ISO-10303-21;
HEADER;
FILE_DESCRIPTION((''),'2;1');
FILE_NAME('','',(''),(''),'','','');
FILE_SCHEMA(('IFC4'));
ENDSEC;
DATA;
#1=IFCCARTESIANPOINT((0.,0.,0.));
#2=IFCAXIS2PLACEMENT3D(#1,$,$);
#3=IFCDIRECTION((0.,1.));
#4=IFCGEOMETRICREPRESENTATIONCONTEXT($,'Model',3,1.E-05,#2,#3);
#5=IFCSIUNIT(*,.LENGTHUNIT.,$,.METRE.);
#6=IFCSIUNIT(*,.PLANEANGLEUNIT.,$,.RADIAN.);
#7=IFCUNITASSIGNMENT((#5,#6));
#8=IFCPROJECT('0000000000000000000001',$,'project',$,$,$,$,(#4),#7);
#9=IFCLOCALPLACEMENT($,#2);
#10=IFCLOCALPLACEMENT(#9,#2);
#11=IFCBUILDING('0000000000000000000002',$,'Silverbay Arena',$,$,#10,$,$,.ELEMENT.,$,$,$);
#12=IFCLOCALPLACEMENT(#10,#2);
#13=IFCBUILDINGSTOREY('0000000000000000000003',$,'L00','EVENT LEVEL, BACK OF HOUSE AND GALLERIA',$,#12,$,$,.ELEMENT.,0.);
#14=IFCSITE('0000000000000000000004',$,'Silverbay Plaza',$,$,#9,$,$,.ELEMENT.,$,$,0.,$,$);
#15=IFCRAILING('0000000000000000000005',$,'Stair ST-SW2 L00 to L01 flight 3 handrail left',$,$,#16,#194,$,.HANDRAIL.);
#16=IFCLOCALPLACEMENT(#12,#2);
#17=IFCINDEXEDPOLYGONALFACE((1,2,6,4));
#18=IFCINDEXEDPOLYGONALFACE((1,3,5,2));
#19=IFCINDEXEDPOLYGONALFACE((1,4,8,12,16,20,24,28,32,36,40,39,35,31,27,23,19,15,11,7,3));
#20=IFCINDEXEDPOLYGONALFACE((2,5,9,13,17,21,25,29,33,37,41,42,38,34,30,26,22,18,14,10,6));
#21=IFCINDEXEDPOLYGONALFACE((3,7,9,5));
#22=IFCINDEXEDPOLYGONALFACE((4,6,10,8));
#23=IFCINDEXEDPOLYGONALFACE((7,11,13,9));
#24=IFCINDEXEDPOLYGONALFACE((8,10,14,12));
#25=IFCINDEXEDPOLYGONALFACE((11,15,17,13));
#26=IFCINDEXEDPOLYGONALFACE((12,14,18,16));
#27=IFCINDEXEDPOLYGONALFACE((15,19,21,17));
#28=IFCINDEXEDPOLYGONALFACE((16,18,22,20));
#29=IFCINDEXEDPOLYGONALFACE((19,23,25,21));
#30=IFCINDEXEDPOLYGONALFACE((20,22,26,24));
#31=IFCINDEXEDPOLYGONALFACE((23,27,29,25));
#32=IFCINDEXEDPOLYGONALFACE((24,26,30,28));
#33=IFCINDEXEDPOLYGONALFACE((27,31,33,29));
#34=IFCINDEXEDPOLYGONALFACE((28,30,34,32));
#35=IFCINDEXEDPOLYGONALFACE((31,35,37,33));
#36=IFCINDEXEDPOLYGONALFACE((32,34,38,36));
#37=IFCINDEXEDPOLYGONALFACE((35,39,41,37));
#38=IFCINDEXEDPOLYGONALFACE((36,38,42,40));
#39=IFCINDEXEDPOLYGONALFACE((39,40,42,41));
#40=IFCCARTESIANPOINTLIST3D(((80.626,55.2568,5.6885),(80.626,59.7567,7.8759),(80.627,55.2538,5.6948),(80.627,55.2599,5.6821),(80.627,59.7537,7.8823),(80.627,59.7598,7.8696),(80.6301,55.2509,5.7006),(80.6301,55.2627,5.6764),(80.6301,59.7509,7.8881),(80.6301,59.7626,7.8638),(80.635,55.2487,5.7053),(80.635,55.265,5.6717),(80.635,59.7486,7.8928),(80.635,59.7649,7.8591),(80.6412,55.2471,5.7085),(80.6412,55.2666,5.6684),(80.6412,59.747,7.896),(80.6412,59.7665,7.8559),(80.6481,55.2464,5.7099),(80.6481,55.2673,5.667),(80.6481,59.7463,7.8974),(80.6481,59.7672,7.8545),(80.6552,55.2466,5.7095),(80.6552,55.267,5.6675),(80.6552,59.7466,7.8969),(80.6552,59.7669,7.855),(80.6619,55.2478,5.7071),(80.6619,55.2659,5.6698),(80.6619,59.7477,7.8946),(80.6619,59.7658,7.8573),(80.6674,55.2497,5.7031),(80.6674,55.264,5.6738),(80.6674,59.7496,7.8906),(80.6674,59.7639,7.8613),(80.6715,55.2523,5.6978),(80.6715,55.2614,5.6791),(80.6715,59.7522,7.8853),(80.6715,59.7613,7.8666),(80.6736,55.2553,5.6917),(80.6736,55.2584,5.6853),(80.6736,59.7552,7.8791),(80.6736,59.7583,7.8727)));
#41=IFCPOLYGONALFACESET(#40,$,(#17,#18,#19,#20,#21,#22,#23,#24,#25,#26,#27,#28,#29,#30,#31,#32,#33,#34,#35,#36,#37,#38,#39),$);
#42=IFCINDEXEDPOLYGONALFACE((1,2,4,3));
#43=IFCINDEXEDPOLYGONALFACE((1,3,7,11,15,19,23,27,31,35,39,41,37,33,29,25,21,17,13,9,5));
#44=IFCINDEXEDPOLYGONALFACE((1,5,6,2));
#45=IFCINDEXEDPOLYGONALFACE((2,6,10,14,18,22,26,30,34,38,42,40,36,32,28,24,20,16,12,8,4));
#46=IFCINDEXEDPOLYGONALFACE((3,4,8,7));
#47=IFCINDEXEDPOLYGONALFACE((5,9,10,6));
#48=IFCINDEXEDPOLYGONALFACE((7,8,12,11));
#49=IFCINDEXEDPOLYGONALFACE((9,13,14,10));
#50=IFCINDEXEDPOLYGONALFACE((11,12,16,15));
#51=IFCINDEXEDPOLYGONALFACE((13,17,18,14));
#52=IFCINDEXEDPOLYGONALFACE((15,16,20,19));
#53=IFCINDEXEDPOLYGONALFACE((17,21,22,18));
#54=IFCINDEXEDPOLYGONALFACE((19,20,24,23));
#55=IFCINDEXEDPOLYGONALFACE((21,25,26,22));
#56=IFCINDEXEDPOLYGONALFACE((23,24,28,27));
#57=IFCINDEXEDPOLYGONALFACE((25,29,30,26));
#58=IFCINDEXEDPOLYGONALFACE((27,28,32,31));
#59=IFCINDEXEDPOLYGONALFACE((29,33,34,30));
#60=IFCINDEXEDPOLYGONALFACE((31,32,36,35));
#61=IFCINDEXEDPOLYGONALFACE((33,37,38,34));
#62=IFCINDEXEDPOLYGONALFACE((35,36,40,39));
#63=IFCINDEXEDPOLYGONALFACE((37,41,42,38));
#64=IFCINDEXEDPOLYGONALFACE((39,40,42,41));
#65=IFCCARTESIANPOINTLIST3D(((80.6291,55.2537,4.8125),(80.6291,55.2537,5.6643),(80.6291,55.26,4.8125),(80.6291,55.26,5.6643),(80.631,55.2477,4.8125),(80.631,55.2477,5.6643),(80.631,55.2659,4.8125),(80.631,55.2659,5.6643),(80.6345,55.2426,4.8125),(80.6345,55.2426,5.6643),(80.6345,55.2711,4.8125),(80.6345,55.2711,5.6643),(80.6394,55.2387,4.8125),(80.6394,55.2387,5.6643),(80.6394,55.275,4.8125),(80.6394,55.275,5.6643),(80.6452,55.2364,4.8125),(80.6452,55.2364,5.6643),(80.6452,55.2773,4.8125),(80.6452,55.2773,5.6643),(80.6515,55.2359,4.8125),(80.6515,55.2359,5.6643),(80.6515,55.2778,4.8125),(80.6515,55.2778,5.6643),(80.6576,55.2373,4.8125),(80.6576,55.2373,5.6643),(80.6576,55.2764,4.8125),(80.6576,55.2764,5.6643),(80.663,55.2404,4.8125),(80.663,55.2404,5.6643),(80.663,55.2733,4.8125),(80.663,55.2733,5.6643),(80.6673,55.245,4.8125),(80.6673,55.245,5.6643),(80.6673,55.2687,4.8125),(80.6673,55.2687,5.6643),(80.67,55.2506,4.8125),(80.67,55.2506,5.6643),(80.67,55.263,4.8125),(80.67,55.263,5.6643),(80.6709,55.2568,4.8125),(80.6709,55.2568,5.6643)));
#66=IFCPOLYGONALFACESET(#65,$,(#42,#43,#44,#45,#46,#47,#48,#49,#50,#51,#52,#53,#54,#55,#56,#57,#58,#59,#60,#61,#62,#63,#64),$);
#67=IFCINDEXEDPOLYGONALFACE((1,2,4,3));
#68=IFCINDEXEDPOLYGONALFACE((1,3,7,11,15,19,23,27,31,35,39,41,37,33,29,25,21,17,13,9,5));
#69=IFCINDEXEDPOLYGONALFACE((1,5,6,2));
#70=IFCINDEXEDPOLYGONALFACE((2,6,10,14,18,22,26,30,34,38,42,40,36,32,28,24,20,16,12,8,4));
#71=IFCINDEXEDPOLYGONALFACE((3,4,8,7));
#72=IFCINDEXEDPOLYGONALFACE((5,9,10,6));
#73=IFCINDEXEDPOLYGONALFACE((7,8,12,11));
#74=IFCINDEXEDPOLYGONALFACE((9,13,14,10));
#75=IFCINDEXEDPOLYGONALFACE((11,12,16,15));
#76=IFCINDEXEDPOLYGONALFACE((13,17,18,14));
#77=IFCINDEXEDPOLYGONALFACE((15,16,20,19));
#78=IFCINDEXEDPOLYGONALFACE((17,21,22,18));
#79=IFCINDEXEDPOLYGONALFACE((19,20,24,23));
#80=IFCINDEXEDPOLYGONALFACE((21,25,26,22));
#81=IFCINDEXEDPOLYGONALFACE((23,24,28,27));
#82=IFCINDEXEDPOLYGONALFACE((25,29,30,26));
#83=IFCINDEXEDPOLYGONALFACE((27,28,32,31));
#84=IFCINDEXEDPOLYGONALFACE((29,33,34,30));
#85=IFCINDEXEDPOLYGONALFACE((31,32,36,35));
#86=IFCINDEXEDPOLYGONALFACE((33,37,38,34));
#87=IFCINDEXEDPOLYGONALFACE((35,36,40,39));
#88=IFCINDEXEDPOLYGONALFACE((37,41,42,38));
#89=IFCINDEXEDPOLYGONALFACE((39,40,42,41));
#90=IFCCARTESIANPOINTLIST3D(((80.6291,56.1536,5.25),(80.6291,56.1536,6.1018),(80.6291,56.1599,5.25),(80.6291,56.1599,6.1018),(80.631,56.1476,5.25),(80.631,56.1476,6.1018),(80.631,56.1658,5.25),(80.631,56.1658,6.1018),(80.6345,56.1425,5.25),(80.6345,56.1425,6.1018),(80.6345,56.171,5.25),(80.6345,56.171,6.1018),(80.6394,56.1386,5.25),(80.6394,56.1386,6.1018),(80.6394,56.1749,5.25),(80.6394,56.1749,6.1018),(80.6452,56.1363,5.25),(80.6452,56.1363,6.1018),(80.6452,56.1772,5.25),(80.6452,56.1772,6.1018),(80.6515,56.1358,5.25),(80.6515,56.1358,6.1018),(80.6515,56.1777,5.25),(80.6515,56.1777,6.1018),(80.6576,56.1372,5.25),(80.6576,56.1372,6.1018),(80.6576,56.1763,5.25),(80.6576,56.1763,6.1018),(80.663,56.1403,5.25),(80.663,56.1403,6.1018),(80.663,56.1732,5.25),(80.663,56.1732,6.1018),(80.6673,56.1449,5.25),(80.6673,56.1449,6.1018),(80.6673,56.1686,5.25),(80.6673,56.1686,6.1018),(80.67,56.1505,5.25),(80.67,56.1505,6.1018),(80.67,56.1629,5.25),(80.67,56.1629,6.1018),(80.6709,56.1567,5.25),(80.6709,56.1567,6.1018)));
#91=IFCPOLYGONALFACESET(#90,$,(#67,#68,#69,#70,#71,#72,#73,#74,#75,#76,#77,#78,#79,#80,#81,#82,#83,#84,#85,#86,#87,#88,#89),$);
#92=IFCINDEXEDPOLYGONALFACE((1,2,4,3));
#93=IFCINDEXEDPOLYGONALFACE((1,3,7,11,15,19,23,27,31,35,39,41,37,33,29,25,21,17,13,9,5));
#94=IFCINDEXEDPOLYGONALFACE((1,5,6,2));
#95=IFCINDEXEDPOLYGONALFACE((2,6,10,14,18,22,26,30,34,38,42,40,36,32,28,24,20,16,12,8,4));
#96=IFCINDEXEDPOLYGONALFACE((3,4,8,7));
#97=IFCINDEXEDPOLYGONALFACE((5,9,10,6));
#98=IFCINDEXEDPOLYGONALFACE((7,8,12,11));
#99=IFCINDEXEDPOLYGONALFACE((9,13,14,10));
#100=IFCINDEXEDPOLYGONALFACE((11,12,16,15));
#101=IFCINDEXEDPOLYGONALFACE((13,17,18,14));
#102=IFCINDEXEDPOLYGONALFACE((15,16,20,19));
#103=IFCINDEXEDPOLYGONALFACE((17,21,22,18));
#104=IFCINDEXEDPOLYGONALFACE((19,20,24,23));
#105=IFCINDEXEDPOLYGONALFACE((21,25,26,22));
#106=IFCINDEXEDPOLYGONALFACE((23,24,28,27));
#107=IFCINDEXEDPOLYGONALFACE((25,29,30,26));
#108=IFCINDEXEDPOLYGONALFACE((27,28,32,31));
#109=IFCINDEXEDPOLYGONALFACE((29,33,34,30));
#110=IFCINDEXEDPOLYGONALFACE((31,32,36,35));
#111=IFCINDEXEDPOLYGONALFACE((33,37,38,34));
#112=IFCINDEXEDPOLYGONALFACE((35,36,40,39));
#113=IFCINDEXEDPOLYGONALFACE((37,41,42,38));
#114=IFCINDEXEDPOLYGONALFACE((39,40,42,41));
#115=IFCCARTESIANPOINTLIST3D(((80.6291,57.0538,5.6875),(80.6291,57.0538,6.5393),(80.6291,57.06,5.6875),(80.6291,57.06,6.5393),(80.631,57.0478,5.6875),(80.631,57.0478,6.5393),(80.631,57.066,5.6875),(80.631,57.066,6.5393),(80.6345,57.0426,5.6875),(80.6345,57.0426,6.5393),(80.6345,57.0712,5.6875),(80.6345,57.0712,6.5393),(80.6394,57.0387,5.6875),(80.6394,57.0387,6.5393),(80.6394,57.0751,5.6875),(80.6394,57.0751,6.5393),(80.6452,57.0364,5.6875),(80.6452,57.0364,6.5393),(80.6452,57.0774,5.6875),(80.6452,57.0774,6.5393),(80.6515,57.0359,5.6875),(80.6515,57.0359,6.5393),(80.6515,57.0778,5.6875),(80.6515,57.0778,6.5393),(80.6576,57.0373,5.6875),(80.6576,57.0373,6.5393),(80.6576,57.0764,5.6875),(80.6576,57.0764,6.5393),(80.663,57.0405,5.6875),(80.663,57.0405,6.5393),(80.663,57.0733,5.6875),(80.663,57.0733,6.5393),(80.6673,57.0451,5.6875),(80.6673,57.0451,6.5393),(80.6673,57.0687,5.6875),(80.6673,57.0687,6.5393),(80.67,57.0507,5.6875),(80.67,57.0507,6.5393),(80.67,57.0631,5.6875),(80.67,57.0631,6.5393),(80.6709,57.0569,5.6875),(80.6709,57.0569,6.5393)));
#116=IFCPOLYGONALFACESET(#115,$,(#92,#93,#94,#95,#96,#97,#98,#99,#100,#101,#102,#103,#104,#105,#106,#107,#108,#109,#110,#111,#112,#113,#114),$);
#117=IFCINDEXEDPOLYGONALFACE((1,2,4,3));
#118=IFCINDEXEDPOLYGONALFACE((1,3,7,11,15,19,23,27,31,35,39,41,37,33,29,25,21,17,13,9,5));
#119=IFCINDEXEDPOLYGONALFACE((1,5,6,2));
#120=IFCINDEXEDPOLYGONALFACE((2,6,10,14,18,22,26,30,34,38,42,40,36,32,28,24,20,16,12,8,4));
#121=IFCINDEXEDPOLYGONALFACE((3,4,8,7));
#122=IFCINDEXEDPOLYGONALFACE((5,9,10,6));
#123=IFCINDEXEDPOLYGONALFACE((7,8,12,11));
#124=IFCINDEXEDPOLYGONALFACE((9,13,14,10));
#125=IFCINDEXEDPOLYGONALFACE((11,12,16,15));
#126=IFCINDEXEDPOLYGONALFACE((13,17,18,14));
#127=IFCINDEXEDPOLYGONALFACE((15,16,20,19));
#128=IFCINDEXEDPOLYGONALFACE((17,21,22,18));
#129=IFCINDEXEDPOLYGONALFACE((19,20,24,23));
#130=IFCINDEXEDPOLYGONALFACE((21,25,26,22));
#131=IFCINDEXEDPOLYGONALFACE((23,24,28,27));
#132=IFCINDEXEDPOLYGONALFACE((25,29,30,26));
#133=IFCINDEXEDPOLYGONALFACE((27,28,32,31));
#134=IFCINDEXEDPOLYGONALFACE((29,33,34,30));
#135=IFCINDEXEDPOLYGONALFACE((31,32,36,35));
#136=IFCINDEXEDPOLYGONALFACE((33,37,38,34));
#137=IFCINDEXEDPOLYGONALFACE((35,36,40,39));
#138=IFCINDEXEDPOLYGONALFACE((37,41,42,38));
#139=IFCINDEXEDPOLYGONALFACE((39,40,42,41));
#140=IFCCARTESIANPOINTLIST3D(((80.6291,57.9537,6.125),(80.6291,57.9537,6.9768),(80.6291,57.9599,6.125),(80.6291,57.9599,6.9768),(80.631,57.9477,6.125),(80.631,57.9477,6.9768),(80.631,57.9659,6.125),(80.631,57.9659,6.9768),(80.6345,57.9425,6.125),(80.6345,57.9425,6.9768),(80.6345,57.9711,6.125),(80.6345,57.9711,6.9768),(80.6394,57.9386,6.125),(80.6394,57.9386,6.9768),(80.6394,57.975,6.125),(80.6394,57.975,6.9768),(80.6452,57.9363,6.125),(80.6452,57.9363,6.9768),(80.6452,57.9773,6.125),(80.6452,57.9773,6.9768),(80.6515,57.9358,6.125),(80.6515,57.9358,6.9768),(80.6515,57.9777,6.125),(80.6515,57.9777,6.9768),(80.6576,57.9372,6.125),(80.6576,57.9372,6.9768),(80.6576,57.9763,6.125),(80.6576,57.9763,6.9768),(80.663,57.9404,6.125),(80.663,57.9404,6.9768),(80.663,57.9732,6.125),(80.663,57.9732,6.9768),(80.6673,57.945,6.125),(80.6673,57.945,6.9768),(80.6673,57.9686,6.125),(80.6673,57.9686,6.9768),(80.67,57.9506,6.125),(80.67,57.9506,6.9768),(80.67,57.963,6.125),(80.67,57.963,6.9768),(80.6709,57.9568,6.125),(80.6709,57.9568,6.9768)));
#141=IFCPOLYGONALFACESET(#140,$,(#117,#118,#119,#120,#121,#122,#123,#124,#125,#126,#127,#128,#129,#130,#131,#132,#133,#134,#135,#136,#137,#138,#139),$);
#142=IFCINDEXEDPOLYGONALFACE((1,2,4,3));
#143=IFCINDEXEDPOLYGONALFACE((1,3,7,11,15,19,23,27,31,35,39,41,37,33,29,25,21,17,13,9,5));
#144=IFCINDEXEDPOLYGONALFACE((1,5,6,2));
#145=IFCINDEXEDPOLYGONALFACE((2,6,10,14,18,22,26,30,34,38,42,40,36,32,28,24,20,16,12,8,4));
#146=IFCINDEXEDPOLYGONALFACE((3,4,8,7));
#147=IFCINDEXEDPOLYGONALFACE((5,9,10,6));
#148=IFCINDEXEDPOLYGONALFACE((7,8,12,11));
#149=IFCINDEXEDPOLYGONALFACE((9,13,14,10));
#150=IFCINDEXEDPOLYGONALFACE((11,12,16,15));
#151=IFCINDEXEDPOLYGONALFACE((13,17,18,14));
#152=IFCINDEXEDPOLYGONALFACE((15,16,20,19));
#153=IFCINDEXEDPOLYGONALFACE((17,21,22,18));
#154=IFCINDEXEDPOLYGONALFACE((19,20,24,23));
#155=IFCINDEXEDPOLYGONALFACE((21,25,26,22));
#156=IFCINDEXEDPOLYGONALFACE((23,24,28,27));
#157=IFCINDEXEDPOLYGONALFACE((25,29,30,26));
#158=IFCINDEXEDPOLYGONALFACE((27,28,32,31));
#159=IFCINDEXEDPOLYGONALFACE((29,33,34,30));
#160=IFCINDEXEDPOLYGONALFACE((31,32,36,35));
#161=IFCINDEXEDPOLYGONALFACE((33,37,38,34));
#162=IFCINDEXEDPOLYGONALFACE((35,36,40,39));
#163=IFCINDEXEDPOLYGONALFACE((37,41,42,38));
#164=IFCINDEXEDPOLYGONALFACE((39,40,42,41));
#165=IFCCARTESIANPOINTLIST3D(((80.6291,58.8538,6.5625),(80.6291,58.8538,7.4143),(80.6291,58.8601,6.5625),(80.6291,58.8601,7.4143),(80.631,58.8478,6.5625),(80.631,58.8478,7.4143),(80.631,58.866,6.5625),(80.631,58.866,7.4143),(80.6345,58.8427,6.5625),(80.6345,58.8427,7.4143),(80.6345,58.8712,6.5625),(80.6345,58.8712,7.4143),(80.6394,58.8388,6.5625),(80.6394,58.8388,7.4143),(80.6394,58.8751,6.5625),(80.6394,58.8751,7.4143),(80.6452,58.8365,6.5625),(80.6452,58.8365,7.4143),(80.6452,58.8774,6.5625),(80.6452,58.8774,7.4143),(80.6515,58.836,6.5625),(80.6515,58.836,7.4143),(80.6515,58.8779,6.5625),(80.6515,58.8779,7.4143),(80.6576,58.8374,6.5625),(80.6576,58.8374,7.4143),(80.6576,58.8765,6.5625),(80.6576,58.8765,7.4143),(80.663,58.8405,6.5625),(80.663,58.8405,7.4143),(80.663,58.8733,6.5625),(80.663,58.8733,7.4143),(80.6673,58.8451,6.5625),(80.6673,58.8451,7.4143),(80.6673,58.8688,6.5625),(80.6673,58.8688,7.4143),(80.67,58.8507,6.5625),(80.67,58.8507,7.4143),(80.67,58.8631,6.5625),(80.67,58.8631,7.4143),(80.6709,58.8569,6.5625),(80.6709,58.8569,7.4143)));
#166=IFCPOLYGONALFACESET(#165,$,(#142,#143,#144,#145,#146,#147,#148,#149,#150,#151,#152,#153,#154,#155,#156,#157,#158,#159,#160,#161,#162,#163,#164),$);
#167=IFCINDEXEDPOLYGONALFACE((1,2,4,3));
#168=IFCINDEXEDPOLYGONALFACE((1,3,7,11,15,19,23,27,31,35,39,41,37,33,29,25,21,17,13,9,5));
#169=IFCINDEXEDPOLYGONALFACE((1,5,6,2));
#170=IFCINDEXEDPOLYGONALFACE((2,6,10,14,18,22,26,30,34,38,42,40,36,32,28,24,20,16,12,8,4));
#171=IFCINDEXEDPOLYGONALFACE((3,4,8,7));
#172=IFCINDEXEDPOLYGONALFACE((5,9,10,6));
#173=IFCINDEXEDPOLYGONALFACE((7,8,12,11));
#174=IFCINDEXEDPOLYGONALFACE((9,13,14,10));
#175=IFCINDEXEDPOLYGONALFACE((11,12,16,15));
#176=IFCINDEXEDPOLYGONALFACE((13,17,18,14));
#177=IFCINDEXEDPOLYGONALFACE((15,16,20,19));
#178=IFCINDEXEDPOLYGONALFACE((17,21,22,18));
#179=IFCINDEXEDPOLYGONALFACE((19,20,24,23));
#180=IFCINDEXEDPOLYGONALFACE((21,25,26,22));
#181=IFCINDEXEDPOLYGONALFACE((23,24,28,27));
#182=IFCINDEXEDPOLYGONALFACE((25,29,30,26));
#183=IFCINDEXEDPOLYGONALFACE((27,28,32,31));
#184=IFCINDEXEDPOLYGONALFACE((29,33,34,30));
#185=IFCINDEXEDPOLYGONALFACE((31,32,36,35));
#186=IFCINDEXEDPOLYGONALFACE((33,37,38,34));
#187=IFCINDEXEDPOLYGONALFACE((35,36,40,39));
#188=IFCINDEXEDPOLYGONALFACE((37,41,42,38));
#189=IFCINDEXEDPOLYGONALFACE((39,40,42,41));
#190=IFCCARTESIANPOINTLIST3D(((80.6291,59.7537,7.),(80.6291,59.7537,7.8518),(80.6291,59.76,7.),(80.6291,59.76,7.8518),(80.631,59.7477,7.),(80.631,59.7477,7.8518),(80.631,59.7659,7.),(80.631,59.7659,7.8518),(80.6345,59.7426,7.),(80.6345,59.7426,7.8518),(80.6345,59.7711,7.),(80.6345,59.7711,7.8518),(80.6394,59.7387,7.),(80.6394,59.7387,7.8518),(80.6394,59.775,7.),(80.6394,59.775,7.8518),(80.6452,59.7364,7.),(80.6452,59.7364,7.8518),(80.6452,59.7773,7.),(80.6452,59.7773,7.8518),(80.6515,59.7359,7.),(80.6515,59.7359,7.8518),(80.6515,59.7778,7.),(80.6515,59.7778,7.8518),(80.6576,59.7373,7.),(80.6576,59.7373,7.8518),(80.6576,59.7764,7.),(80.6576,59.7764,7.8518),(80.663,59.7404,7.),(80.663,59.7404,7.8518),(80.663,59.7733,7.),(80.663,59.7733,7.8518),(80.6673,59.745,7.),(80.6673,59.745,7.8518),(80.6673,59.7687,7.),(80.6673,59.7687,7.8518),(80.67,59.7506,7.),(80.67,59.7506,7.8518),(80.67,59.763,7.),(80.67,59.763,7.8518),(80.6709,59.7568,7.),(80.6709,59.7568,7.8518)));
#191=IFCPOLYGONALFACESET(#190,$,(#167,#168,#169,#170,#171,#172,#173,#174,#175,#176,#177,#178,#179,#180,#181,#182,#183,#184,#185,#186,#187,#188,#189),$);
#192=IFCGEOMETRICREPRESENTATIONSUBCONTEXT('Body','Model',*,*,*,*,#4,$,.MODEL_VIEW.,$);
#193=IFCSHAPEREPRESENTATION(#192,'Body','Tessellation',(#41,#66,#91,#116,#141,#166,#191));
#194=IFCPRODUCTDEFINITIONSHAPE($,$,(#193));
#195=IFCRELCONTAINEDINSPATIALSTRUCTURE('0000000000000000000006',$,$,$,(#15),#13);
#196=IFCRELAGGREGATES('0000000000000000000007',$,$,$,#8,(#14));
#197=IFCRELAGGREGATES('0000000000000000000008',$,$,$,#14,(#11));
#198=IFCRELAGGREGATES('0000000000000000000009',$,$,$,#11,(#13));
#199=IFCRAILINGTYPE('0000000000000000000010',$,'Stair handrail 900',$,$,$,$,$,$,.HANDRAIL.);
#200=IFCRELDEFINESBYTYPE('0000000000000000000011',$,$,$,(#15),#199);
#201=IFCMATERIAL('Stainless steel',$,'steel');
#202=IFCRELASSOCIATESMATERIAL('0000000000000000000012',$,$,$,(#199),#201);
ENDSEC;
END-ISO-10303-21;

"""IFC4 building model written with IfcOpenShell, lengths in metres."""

from ifc_helpers import new_model, si_unit, direction, frame, origin, origin_2d, place, context, subcontext, project, spatial, circle, extrude, material, type_object, element, save


model = new_model("IFC4")

# Units and contexts
model_context = context("Model", 3, precision=1e-05, world=origin(), true_north=direction((0.0, 1.0)))
body_context = subcontext(model_context, "Body", "Model", "MODEL_VIEW")
ifc_project = project(units=[si_unit("LENGTHUNIT", "METRE"), si_unit("PLANEANGLEUNIT", "RADIAN")], contexts=[model_context])

# Site, building, storey
site_placement = place(None, origin())
site = spatial("IfcSite", under=ifc_project, at=site_placement, Name="Silverbay Plaza", CompositionType="ELEMENT", RefElevation=0.0)
building_placement = place(site_placement, origin())
building = spatial("IfcBuilding", under=site, at=building_placement, Name="Silverbay Arena", CompositionType="ELEMENT")
storey_placement = place(building_placement, origin())
storey = spatial("IfcBuildingStorey", under=building, at=storey_placement, Name="L00", Description="EVENT LEVEL, BACK OF HOUSE AND GALLERIA", CompositionType="ELEMENT", Elevation=0.0)

# Railing
ifc_material_1 = material(Name="Stainless steel", Category="steel")
railing_type_1 = type_object("IfcRailingType", Name="Stair handrail 900", PredefinedType="HANDRAIL", material=ifc_material_1)
for number, where, name in (
    (1, (80.6499, 55.2568, 4.8125), "Stair ST-SW2 L00 to L01 flight 3 handrail left"),
):
    element("IfcRailing", number, at=place(storey_placement, frame(where)), inside=storey, type_object=railing_type_1, Name=name, PredefinedType="HANDRAIL", context=body_context, shape_type="SweptSolid", body=[
        extrude(circle(Radius=0.0239, at=origin_2d()), frame((0.0, 0.0, 0.876), z_axis=(0.0, 0.899368, 0.437193), x_axis=(-1.0, 0.0, 0.0)), (0.0, 0.0, 1.0), 5.0034),
        extrude(circle(Radius=0.021, at=origin_2d()), origin(), (0.0, 0.0, 1.0), 0.8518),
        extrude(circle(Radius=0.021, at=origin_2d()), frame((0.0, 0.8999, 0.4375)), (0.0, 0.0, 1.0), 0.8518),
        extrude(circle(Radius=0.021, at=origin_2d()), frame((0.0, 1.8, 0.875)), (0.0, 0.0, 1.0), 0.8518),
        extrude(circle(Radius=0.021, at=origin_2d()), frame((0.0, 2.7, 1.3125)), (0.0, 0.0, 1.0), 0.8518),
        extrude(circle(Radius=0.021, at=origin_2d()), frame((0.0, 3.6001, 1.75)), (0.0, 0.0, 1.0), 0.8518),
        extrude(circle(Radius=0.021, at=origin_2d()), frame((0.0, 4.5, 2.1875)), (0.0, 0.0, 1.0), 0.8518),
    ])

save(model, "model.ifc")
